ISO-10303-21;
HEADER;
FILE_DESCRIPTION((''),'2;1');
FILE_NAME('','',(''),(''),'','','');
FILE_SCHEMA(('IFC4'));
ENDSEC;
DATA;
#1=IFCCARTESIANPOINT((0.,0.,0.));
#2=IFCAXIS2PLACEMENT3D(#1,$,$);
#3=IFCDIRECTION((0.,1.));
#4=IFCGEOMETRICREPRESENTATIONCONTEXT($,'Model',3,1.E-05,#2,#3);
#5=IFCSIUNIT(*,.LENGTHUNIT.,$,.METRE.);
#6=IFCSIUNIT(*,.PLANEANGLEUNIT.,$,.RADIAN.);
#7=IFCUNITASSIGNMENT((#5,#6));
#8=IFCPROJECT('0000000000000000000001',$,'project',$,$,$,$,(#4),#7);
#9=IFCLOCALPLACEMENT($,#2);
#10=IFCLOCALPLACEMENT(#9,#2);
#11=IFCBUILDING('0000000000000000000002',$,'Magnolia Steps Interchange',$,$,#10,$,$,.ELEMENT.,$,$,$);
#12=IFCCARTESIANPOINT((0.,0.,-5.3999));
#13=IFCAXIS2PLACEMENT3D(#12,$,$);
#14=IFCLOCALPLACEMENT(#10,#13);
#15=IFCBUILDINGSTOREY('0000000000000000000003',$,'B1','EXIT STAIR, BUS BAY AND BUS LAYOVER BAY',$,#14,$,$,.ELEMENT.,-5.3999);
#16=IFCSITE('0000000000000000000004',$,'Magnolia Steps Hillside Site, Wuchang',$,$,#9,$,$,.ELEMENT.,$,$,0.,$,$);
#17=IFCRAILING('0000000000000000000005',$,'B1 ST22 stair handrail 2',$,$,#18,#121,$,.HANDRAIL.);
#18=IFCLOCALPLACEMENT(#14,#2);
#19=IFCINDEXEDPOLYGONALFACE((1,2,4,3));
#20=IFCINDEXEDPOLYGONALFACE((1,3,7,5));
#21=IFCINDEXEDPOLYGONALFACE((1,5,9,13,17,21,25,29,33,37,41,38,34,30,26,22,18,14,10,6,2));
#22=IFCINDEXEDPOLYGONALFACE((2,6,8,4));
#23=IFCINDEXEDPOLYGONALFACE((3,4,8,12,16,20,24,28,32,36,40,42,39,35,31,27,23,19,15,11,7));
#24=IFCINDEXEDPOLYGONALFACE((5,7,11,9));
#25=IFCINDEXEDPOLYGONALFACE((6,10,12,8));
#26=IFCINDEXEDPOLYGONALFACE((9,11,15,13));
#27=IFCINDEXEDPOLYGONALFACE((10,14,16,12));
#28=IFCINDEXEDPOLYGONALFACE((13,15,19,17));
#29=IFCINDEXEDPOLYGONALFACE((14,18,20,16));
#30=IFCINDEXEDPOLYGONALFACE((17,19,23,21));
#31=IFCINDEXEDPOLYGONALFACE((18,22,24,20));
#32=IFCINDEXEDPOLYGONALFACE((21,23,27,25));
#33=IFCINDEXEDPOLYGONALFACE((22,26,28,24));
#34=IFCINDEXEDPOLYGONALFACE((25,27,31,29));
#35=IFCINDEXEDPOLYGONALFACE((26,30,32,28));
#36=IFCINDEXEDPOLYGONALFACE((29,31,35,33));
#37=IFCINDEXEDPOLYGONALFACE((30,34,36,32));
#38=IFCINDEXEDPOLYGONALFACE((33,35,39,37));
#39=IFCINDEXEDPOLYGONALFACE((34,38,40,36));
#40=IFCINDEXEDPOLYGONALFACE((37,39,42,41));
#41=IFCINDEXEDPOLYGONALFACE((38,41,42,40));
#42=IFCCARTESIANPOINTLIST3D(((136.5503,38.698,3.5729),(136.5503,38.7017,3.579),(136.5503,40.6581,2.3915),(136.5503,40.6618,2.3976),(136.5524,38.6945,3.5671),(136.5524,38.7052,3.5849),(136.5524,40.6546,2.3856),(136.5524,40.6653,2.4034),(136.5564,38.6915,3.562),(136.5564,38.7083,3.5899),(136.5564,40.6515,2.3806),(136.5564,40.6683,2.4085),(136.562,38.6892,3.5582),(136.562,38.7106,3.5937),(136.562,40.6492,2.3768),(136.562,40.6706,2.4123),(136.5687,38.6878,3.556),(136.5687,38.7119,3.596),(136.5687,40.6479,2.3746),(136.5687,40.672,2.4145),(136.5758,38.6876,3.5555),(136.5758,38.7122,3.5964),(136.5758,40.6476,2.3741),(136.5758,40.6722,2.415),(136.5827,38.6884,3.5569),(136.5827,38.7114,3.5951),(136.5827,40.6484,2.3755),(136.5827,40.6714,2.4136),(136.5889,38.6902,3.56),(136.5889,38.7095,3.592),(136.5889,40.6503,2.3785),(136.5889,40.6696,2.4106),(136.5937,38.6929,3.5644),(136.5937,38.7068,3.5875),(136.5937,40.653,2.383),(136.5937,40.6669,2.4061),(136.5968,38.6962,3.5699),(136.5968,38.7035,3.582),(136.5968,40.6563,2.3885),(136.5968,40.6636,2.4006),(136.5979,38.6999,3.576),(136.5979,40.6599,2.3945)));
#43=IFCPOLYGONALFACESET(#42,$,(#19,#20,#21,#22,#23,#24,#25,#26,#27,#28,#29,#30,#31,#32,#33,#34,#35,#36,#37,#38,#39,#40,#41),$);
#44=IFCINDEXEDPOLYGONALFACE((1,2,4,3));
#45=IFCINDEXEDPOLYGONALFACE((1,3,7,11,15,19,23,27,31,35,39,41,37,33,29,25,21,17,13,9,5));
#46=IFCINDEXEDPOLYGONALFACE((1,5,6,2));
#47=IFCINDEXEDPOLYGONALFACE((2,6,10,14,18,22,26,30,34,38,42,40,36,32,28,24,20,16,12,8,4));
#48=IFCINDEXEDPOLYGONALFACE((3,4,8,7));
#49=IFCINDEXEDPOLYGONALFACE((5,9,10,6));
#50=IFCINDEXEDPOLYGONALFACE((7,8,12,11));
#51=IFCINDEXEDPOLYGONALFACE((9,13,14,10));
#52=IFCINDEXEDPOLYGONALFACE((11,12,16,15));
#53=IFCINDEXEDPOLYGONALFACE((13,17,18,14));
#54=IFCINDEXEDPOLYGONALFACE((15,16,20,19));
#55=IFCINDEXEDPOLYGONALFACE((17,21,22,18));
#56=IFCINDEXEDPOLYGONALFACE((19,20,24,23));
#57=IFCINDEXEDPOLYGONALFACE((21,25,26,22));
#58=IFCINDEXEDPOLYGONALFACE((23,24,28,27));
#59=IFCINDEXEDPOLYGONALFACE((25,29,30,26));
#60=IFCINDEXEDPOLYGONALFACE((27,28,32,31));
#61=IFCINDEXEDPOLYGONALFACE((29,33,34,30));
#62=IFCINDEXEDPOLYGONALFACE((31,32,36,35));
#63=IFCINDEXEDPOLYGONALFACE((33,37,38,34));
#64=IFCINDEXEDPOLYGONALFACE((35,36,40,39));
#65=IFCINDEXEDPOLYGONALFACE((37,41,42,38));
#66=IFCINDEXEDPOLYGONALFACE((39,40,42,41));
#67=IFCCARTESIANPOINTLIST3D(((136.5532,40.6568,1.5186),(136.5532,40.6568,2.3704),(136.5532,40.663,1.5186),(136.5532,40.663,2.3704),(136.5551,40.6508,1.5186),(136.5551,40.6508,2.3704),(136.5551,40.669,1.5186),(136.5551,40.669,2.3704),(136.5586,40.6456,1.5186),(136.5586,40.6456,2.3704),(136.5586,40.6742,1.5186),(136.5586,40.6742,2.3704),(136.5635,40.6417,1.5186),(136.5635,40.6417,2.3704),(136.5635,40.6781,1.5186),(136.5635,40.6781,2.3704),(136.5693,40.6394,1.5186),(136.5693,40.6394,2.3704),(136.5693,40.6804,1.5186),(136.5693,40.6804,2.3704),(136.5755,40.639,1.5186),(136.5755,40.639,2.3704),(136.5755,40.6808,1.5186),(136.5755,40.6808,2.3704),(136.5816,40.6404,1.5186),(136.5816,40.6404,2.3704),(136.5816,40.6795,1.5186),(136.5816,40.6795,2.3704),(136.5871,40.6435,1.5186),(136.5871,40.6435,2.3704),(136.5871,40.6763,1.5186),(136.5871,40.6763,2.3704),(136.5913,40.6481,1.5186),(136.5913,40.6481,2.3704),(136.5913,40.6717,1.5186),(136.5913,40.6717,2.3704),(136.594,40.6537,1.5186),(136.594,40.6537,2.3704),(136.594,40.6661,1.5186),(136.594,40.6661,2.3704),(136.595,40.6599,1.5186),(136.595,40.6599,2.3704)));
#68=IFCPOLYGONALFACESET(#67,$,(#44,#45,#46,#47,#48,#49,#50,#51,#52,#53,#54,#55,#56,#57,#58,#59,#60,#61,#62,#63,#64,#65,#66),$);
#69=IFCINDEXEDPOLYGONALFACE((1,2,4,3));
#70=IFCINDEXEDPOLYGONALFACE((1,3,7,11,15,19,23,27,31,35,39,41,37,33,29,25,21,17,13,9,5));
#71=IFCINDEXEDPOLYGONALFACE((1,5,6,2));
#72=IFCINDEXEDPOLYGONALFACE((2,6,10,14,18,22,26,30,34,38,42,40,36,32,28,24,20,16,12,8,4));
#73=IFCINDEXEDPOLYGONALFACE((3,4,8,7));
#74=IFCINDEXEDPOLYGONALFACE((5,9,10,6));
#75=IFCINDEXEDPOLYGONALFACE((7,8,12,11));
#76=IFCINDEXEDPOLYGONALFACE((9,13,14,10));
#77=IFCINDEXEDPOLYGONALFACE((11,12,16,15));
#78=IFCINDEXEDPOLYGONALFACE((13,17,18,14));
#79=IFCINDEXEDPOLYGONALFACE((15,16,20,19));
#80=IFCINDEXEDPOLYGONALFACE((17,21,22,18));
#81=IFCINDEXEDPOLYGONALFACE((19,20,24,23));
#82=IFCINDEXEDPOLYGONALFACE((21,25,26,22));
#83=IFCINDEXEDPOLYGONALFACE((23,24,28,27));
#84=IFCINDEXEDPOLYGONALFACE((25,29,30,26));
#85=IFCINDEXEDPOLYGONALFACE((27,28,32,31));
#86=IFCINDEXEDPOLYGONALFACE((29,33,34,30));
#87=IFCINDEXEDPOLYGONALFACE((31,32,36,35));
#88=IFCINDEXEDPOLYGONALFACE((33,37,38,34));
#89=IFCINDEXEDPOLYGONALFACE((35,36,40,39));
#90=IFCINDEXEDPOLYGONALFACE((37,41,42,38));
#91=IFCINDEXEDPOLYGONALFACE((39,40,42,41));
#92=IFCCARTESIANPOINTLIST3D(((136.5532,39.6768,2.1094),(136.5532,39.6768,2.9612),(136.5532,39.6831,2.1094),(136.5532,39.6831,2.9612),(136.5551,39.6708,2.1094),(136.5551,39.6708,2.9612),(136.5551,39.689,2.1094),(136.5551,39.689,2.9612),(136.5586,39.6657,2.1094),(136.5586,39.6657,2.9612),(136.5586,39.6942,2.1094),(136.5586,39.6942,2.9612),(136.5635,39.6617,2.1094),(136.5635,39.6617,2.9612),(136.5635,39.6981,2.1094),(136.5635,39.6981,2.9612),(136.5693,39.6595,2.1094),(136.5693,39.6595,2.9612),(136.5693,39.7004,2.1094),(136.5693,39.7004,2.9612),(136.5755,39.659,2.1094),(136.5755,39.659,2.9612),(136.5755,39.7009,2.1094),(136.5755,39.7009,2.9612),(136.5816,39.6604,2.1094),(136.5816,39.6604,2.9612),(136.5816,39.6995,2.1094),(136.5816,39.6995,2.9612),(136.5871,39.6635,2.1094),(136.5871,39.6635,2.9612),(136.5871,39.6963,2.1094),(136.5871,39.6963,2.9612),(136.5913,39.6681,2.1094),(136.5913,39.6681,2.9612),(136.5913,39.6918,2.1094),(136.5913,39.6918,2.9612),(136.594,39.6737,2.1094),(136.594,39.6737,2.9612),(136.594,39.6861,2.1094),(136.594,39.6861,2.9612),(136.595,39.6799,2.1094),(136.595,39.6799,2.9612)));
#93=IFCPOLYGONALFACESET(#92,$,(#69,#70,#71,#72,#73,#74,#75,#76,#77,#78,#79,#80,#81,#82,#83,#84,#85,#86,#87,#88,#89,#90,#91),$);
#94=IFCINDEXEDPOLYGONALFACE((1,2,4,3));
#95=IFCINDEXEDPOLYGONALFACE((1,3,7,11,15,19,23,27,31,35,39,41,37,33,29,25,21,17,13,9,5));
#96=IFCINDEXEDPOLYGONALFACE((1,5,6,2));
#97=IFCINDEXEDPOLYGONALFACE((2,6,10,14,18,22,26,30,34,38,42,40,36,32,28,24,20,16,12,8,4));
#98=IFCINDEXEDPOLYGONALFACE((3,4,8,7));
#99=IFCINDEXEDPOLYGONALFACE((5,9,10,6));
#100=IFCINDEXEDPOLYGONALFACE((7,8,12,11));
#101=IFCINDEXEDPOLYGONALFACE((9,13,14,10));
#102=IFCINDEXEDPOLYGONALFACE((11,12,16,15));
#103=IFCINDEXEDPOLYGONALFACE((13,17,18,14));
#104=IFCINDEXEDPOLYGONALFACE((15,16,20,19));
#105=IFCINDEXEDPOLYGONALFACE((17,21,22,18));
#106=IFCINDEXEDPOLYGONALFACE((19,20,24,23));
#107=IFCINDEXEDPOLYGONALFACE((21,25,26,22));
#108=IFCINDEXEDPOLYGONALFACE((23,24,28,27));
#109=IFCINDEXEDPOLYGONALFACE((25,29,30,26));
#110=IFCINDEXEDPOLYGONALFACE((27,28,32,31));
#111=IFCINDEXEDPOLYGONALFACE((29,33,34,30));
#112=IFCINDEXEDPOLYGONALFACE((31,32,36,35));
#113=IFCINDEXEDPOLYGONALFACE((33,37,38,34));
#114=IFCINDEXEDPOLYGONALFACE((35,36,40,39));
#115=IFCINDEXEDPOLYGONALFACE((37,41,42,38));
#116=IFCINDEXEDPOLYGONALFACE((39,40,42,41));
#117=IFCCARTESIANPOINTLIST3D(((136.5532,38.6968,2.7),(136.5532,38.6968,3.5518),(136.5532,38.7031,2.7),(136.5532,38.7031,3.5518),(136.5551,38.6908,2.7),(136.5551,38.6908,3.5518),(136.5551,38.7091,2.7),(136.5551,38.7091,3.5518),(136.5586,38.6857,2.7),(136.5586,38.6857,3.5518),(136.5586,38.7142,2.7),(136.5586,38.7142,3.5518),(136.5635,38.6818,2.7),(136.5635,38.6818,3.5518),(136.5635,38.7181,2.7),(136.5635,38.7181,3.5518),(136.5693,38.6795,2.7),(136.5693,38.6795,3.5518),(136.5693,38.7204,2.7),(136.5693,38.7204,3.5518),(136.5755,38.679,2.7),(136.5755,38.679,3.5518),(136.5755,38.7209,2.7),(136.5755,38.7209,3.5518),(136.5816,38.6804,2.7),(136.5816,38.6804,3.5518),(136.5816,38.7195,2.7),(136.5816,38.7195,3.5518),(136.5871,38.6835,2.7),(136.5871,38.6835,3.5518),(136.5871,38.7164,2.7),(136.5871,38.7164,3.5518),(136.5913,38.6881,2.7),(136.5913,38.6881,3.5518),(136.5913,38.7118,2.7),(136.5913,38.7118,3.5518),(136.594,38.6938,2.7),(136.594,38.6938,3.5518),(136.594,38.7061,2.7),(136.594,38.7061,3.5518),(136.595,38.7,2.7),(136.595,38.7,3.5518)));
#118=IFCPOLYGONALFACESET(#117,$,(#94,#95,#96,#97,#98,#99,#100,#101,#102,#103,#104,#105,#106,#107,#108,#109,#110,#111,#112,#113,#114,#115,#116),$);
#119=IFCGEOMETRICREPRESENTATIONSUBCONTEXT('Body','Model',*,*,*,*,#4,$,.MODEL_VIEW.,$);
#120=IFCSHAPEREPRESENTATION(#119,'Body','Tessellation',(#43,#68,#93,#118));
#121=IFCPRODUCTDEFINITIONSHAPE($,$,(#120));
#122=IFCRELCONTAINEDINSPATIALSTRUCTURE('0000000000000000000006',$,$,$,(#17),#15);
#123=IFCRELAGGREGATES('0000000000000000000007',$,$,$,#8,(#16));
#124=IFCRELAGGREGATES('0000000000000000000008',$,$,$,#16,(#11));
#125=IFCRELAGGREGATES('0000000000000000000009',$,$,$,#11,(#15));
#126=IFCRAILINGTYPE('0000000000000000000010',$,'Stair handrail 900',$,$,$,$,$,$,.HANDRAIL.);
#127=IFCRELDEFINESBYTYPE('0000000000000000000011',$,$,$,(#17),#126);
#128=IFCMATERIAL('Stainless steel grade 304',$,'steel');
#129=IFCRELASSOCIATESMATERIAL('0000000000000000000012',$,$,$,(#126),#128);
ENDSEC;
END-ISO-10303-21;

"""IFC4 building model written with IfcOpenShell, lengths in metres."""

from ifc_helpers import new_model, si_unit, direction, frame, origin, origin_2d, place, context, subcontext, project, spatial, circle, extrude, material, type_object, element, save


model = new_model("IFC4")

# Units and contexts
model_context = context("Model", 3, precision=1e-05, world=origin(), true_north=direction((0.0, 1.0)))
body_context = subcontext(model_context, "Body", "Model", "MODEL_VIEW")
ifc_project = project(units=[si_unit("LENGTHUNIT", "METRE"), si_unit("PLANEANGLEUNIT", "RADIAN")], contexts=[model_context])

# Site, building, storey
site_placement = place(None, origin())
site = spatial("IfcSite", under=ifc_project, at=site_placement, Name="Magnolia Steps Hillside Site, Wuchang", CompositionType="ELEMENT", RefElevation=0.0)
building_placement = place(site_placement, origin())
building = spatial("IfcBuilding", under=site, at=building_placement, Name="Magnolia Steps Interchange", CompositionType="ELEMENT")
storey_placement = place(building_placement, frame((0.0, 0.0, -5.3999)))
storey = spatial("IfcBuildingStorey", under=building, at=storey_placement, Name="B1", Description="EXIT STAIR, BUS BAY AND BUS LAYOVER BAY", CompositionType="ELEMENT", Elevation=-5.3999)

# Railing
ifc_material_1 = material(Name="Stainless steel grade 304", Category="steel")
railing_type_1 = type_object("IfcRailingType", Name="Stair handrail 900", PredefinedType="HANDRAIL", material=ifc_material_1)
railing_1_placement = place(storey_placement, frame((136.574, 40.6599, 1.5186)))
element("IfcRailing", 1, at=railing_1_placement, inside=storey, type_object=railing_type_1, Name="B1 ST22 stair handrail 2", PredefinedType="HANDRAIL", context=body_context, shape_type="SweptSolid", body=[
    extrude(circle(Radius=0.0239, at=origin_2d()), frame((0.0, 0.0, 0.876), z_axis=(0.0, -0.856446, 0.516236), x_axis=(1.0, 0.0, 0.0)), (0.0, 0.0, 1.0), 2.2886),
    extrude(circle(Radius=0.021, at=origin_2d()), origin(), (0.0, 0.0, 1.0), 0.8518),
    extrude(circle(Radius=0.021, at=origin_2d()), frame((0.0, -0.98, 0.5908)), (0.0, 0.0, 1.0), 0.8518),
    extrude(circle(Radius=0.021, at=origin_2d()), frame((0.0, -1.96, 1.1814)), (0.0, 0.0, 1.0), 0.8518),
])

save(model, "model.ifc")
